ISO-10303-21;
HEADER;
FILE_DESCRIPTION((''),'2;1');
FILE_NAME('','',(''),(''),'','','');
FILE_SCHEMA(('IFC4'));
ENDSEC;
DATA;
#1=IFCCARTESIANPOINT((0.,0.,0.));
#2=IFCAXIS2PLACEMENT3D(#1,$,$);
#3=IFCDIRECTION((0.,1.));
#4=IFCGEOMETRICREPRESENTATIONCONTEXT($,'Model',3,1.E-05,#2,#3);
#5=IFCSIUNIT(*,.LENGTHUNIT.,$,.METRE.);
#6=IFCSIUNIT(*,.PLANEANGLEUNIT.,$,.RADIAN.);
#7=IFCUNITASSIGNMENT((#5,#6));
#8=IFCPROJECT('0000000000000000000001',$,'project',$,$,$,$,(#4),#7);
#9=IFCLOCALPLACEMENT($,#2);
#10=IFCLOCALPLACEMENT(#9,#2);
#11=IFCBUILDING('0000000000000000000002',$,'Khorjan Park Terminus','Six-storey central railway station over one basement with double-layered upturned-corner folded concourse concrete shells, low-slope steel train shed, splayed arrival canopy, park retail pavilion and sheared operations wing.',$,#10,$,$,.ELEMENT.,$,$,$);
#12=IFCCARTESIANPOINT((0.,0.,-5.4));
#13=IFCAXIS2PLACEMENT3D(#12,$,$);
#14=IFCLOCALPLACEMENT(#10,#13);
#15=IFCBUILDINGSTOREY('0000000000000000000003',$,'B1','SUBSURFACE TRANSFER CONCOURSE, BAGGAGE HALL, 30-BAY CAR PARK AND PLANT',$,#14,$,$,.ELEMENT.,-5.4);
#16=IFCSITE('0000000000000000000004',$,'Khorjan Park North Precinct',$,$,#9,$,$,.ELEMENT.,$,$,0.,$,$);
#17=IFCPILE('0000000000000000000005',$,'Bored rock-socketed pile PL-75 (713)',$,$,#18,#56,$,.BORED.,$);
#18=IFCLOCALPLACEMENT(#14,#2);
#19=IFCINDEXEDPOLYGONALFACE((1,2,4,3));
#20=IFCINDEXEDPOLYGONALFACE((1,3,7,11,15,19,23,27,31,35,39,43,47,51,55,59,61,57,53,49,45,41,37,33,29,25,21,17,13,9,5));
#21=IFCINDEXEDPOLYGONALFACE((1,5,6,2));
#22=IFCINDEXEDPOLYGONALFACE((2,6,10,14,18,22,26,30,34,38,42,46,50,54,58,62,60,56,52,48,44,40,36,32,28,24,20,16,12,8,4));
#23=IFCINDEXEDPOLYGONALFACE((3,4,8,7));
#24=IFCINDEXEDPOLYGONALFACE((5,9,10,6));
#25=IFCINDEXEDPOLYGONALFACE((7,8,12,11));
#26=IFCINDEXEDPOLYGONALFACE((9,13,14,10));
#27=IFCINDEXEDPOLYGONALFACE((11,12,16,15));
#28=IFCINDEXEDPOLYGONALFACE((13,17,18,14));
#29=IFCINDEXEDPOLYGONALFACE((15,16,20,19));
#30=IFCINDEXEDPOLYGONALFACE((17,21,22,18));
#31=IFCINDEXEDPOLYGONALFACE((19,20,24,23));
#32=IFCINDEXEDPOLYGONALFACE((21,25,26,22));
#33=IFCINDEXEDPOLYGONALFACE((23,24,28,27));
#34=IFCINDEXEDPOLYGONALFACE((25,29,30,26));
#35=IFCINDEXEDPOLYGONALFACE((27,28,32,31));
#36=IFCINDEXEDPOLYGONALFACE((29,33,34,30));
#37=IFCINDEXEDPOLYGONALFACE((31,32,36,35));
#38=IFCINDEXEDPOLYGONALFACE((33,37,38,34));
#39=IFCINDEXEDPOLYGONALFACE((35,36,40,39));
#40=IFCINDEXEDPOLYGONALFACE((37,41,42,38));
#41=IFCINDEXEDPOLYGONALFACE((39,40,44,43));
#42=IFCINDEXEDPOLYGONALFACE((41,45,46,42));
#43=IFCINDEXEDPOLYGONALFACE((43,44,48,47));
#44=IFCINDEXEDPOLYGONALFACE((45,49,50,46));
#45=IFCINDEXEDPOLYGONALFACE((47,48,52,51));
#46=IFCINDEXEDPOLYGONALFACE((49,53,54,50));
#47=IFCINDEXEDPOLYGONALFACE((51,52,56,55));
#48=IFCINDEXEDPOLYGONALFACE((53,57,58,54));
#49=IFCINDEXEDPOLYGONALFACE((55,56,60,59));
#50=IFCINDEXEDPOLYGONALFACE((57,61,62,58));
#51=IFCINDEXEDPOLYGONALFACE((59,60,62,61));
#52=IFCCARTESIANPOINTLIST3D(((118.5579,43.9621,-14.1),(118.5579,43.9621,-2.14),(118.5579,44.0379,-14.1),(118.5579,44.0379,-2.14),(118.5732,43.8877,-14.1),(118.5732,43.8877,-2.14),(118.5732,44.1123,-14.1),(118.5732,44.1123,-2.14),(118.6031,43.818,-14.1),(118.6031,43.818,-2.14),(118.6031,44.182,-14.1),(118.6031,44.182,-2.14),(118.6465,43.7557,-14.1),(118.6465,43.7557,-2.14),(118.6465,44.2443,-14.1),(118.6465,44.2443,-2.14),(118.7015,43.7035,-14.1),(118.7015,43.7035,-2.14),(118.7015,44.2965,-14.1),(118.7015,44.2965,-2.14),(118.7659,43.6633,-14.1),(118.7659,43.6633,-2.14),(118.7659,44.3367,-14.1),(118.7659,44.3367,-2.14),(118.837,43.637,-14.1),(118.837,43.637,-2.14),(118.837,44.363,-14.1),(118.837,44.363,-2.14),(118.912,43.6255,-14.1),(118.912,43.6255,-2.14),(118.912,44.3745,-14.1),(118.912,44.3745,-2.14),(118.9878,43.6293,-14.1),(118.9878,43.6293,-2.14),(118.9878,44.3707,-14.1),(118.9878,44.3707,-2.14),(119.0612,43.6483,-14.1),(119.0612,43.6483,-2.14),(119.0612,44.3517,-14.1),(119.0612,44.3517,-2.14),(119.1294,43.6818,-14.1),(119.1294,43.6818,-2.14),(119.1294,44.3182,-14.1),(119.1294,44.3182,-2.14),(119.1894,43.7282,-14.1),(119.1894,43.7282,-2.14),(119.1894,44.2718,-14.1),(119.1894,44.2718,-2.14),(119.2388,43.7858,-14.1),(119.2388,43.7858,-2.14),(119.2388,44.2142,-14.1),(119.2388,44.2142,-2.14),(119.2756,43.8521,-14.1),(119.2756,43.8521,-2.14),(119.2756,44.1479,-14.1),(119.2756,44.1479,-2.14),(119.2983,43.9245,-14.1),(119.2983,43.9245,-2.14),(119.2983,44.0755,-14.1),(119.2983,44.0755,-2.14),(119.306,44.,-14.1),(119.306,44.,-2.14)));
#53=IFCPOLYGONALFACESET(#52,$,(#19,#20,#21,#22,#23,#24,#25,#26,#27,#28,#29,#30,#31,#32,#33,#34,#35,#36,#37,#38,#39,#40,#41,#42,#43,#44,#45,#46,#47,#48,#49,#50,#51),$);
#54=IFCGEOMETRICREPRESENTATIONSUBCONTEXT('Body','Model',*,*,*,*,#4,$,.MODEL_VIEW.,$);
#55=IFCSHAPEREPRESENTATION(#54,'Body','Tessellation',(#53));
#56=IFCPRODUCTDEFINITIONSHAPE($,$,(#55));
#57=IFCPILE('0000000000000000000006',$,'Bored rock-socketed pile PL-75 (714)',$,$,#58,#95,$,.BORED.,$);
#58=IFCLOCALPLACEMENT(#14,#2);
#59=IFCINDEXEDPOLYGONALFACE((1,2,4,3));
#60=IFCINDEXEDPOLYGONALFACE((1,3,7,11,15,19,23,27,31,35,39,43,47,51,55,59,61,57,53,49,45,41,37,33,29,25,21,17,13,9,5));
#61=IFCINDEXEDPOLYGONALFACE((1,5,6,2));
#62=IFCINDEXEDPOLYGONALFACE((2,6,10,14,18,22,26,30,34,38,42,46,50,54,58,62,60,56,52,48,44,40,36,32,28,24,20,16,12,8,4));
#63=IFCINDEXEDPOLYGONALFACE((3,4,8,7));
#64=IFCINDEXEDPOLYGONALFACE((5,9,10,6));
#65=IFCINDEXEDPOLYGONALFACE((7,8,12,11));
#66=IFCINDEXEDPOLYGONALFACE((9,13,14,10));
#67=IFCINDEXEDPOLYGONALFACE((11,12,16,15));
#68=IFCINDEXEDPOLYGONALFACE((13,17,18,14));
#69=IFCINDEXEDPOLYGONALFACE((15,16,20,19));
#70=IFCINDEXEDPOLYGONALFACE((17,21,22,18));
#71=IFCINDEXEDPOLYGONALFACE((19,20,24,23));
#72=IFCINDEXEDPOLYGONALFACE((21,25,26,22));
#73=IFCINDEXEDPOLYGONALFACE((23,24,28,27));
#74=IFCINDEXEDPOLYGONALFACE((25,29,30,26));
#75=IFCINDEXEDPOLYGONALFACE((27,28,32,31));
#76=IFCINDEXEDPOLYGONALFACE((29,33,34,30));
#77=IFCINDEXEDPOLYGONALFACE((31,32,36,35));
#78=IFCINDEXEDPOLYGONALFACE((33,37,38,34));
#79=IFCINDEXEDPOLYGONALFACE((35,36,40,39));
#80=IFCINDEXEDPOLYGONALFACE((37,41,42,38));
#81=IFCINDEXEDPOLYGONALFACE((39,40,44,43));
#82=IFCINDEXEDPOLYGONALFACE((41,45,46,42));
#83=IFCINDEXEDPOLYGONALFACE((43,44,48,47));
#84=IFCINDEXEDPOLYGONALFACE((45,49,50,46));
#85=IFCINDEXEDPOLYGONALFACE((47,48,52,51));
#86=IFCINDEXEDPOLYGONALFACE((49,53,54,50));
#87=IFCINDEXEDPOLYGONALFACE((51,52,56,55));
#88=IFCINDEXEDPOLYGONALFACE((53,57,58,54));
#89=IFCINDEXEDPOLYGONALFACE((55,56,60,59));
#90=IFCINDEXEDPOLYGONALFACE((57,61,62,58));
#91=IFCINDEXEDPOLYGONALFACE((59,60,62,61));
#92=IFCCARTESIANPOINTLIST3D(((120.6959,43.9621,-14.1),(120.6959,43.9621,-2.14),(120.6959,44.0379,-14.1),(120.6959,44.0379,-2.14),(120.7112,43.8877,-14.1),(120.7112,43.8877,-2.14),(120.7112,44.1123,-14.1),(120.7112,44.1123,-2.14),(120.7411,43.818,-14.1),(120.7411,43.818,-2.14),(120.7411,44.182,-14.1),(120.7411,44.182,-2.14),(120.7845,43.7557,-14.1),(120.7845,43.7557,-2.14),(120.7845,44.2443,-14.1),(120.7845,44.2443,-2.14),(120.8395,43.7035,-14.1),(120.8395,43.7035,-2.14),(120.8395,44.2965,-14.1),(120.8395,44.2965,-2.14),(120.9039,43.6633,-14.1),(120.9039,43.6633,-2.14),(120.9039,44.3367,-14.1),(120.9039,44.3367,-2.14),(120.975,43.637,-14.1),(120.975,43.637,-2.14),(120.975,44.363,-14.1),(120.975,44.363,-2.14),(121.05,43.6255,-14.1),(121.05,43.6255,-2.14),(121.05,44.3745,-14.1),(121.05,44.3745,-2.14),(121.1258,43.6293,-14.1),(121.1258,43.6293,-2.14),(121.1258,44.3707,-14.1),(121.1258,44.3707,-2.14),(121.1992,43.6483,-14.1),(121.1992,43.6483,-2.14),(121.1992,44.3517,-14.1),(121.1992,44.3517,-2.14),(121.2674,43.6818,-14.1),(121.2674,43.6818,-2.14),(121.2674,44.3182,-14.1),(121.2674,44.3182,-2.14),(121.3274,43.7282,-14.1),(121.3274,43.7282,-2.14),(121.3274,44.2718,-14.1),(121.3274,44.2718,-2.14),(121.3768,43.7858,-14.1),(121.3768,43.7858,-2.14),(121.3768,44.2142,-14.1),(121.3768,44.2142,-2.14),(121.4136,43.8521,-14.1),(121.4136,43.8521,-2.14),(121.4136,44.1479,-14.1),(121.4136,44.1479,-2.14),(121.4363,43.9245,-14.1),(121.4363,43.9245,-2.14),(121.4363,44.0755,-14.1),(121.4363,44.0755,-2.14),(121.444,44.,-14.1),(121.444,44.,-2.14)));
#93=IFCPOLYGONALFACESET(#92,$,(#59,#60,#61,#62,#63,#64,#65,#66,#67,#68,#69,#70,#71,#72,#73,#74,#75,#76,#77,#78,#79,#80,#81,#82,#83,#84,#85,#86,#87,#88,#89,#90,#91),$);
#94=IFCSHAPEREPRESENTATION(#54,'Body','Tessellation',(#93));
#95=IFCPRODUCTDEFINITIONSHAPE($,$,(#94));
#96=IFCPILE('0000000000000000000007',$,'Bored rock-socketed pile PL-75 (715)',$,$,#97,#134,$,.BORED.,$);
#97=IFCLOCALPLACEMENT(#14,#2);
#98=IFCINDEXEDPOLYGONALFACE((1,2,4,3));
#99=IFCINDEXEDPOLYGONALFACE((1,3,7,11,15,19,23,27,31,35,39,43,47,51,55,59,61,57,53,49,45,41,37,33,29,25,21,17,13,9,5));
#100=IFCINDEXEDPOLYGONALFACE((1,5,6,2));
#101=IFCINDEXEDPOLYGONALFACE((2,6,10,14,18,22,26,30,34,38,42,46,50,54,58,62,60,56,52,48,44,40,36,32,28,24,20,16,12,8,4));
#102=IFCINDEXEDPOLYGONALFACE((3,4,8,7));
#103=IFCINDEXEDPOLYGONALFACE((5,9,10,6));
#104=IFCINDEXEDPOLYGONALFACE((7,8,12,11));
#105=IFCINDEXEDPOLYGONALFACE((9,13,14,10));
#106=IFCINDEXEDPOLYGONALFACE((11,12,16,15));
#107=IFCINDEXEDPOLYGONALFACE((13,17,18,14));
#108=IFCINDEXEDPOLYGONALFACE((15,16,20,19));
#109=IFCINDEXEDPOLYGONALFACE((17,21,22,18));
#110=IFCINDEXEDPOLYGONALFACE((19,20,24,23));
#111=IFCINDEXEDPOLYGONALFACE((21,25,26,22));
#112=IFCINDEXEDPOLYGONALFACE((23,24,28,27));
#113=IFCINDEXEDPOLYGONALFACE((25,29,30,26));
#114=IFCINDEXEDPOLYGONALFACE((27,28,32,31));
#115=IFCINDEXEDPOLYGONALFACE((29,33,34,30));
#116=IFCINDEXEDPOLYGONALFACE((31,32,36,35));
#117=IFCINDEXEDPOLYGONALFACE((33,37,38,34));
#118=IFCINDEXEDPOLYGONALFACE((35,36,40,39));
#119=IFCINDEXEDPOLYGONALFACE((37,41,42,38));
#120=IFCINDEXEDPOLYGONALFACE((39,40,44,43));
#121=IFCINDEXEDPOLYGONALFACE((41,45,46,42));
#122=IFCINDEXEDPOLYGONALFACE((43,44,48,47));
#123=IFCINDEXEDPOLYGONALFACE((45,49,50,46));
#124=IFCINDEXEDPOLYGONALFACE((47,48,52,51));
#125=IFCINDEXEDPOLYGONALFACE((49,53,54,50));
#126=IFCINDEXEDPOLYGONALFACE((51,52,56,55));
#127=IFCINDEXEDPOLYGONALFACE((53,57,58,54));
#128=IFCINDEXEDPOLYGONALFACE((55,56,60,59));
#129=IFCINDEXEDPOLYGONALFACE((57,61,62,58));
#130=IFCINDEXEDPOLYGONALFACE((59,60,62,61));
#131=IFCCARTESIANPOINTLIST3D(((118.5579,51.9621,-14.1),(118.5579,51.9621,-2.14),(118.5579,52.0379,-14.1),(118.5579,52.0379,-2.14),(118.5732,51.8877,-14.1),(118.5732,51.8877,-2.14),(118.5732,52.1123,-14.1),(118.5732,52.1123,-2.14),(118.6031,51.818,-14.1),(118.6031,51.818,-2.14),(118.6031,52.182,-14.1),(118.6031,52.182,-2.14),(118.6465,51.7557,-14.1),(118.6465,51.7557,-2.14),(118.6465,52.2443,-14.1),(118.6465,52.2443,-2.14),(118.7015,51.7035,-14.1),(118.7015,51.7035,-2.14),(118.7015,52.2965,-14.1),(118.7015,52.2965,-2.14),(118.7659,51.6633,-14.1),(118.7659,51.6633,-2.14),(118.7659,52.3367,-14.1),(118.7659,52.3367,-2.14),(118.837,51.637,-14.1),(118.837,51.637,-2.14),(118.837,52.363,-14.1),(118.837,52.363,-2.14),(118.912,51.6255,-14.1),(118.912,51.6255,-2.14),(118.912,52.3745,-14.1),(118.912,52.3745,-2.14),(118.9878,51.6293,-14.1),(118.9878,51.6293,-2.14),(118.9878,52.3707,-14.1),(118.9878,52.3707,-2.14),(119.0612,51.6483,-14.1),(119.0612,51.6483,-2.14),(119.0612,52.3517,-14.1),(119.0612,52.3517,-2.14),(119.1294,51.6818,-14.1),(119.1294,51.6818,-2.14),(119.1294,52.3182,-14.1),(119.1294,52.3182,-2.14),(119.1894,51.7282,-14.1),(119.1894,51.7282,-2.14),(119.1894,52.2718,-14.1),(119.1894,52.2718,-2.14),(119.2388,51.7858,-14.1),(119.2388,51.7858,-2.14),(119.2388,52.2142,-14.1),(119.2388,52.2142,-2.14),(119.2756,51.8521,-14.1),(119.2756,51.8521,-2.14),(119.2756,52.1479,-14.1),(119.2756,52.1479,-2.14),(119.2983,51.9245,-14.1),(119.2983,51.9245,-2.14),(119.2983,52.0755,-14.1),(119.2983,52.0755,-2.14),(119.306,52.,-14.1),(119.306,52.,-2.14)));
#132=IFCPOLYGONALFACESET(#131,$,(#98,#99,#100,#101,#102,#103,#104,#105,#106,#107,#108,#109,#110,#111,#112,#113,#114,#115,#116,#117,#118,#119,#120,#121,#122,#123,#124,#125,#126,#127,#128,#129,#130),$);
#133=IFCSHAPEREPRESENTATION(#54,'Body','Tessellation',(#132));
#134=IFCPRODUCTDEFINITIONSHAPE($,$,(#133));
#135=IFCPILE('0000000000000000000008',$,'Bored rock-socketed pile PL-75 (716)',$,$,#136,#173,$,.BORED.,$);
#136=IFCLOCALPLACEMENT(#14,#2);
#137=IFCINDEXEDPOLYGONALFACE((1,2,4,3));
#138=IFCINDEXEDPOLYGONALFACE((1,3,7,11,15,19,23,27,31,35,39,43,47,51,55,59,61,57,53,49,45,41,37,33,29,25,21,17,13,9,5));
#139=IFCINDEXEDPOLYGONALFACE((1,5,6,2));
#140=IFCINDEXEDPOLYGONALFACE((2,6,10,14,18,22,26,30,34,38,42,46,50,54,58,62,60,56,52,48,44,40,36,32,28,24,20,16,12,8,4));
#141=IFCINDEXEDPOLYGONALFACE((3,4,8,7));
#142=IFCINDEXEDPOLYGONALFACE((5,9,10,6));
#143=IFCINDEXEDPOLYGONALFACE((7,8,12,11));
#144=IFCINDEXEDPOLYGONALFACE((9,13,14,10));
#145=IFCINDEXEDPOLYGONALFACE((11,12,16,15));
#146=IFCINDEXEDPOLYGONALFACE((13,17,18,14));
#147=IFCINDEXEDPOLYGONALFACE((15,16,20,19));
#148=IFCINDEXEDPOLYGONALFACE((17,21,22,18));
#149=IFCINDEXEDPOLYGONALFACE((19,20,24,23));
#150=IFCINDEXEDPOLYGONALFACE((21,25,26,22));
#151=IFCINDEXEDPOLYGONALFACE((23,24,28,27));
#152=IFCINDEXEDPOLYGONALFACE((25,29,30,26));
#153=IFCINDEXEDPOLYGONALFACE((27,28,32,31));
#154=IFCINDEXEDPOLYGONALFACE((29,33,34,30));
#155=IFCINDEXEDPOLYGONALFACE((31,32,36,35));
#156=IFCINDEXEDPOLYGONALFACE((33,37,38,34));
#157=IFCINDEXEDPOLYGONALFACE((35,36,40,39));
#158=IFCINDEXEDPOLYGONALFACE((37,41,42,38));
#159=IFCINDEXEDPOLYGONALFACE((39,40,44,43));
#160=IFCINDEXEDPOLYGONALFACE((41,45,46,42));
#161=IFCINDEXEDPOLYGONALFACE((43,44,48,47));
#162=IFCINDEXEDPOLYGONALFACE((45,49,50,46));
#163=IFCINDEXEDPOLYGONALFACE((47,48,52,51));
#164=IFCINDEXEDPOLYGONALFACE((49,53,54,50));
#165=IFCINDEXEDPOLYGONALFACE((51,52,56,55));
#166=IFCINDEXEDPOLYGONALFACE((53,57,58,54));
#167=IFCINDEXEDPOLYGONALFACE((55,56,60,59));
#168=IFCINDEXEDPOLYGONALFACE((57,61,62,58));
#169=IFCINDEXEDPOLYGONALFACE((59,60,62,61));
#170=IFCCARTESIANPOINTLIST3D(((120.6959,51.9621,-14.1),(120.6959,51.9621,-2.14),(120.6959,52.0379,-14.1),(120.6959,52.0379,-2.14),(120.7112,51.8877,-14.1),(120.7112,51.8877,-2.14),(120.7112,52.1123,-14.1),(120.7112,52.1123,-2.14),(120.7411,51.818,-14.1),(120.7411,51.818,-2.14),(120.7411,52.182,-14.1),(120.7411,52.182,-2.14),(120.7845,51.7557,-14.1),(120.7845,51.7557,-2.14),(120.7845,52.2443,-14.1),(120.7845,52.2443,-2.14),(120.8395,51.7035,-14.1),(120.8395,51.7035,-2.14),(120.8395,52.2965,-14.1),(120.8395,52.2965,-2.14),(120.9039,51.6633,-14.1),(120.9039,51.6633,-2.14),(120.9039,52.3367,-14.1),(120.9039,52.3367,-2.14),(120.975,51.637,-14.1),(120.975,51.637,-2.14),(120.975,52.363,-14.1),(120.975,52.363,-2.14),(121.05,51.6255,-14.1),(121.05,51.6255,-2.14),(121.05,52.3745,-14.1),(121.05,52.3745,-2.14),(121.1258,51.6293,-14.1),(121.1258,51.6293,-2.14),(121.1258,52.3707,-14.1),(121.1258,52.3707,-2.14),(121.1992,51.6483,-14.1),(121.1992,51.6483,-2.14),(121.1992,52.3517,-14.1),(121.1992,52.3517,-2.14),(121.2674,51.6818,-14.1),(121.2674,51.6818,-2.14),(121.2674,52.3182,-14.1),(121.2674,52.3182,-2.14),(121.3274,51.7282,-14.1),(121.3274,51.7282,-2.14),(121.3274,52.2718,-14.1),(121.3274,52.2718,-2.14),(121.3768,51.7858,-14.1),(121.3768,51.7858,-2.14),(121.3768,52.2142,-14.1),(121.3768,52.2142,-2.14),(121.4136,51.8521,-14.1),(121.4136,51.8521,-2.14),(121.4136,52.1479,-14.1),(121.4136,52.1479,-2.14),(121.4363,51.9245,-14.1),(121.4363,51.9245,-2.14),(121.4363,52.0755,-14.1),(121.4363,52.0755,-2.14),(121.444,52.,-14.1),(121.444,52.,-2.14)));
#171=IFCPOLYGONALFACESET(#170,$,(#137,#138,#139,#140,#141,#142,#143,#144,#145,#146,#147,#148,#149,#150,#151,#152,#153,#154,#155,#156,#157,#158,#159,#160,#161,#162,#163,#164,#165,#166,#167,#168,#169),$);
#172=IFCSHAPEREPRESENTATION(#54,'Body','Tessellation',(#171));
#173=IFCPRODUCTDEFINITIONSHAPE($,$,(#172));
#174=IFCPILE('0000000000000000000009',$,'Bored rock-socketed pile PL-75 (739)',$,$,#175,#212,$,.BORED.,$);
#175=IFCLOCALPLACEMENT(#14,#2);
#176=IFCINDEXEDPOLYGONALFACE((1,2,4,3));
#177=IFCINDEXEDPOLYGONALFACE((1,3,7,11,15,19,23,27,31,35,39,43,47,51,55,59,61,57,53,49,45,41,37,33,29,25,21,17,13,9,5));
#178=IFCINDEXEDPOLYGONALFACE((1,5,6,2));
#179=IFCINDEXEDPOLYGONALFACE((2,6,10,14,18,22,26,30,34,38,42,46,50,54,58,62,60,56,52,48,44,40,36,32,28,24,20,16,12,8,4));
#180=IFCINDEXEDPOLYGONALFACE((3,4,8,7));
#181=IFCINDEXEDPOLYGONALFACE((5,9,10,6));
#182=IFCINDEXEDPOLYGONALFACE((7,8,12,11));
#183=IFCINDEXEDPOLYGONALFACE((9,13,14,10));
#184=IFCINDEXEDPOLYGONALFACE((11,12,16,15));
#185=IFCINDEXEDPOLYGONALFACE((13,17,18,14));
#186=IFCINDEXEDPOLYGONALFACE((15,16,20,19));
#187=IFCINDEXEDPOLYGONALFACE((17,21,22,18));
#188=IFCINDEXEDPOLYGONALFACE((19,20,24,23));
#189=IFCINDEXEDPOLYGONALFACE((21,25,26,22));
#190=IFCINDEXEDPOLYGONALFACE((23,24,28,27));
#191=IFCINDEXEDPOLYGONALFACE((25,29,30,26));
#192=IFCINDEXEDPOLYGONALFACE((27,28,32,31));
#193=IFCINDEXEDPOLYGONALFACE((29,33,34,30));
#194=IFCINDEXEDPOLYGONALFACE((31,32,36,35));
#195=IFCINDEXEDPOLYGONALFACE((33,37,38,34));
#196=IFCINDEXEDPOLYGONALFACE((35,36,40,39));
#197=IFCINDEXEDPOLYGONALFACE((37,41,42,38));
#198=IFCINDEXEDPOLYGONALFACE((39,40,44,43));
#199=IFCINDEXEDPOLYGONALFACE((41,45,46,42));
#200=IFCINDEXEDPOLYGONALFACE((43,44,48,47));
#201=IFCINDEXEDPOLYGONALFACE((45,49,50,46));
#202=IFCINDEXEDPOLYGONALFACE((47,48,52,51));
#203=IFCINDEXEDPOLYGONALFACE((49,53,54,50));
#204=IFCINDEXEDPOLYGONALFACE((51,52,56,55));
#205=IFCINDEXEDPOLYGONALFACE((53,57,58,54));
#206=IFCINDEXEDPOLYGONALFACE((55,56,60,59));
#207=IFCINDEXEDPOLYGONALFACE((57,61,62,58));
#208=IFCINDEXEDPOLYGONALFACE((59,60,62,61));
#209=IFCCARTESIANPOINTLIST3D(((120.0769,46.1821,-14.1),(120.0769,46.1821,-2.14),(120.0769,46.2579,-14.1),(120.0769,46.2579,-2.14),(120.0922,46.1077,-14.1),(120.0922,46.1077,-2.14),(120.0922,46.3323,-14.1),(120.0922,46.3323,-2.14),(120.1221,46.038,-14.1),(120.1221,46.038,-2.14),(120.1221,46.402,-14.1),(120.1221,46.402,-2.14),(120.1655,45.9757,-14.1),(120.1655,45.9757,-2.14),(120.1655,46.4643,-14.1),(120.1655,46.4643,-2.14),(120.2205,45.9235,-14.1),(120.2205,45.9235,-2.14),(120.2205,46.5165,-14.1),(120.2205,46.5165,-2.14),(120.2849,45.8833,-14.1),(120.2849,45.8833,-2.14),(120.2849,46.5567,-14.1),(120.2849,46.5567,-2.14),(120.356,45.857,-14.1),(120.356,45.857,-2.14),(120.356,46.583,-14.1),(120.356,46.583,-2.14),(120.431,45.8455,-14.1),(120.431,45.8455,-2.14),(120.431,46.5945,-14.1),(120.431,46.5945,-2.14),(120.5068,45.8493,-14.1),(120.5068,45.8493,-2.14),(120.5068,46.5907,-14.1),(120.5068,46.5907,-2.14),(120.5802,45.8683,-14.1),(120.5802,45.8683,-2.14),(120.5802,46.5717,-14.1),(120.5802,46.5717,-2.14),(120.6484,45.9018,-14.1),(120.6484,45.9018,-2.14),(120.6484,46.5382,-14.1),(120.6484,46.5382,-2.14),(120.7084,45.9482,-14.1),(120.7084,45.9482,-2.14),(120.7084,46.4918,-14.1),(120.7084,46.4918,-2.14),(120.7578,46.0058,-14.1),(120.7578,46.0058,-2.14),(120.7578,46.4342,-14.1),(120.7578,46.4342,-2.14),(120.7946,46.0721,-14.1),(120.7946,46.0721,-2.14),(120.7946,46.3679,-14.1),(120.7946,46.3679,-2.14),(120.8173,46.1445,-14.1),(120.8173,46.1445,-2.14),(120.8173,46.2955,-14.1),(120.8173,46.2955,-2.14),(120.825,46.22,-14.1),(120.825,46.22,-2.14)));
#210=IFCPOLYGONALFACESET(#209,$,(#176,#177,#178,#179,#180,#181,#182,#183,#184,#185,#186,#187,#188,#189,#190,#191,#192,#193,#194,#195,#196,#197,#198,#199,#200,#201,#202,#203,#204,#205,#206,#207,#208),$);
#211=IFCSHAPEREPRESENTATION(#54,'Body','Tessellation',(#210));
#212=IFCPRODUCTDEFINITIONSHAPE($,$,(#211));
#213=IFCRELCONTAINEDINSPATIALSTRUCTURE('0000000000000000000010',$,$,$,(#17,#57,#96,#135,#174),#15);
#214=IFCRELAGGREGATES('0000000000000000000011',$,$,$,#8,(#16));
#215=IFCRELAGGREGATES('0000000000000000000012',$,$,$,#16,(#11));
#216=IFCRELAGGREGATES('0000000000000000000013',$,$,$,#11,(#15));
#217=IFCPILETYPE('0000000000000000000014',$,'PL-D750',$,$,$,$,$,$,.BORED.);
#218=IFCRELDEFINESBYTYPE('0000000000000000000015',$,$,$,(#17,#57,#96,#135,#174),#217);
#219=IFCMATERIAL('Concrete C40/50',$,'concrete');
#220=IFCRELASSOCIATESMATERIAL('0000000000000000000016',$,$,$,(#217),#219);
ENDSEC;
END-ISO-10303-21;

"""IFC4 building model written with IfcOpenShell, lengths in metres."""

from ifc_helpers import new_model, si_unit, direction, frame, origin, origin_2d, place, context, subcontext, project, spatial, circle, extrude, material, material_profile, profile_set, type_object, element, save


model = new_model("IFC4")

# Units and contexts
model_context = context("Model", 3, precision=1e-05, world=origin(), true_north=direction((0.0, 1.0)))
body_context = subcontext(model_context, "Body", "Model", "MODEL_VIEW")
ifc_project = project(units=[si_unit("LENGTHUNIT", "METRE"), si_unit("PLANEANGLEUNIT", "RADIAN")], contexts=[model_context])

# Site, building, storey
site_placement = place(None, origin())
site = spatial("IfcSite", under=ifc_project, at=site_placement, Name="Khorjan Park North Precinct", CompositionType="ELEMENT", RefElevation=0.0)
building_placement = place(site_placement, origin())
building = spatial("IfcBuilding", under=site, at=building_placement, Name="Khorjan Park Terminus", Description="Six-storey central railway station over one basement with double-layered upturned-corner folded concourse concrete shells, low-slope steel train shed, splayed arrival canopy, park retail pavilion and sheared operations wing.", CompositionType="ELEMENT")
storey_placement = place(building_placement, frame((0.0, 0.0, -5.4)))
storey = spatial("IfcBuildingStorey", under=building, at=storey_placement, Name="B1", Description="SUBSURFACE TRANSFER CONCOURSE, BAGGAGE HALL, 30-BAY CAR PARK AND PLANT", CompositionType="ELEMENT", Elevation=-5.4)

# Piles
ifc_material_1 = material(Name="Concrete C40/50", Category="concrete")
ifc_material_profile_1 = material_profile(ifc_material_1, circle(Radius=0.375, at=origin_2d()), Name="BORED D750")
ifc_profile_set_1 = profile_set([ifc_material_profile_1], Name="Concrete C40/50")
pile_type_1 = type_object("IfcPileType", Name="PL-D750", PredefinedType="BORED", material=ifc_profile_set_1)
for number, where, z_axis, x_axis, name in (
    (1, (118.931, 44.0, -2.14), (0.0, 0.0, -1.0), (1.0, 0.0, 0.0), "Bored rock-socketed pile PL-75 (713)"),
    (2, (121.069, 44.0, -2.14), (0.0, 0.0, -1.0), (1.0, 0.0, 0.0), "Bored rock-socketed pile PL-75 (714)"),
    (3, (118.931, 52.0, -2.14), (0.0, 0.0, -1.0), (1.0, 0.0, 0.0), "Bored rock-socketed pile PL-75 (715)"),
    (4, (121.069, 52.0, -2.14), (0.0, 0.0, -1.0), (1.0, 0.0, 0.0), "Bored rock-socketed pile PL-75 (716)"),
    (5, (120.45, 46.22, -2.14), (0.0, 0.0, -1.0), (1.0, 0.0, 0.0), "Bored rock-socketed pile PL-75 (739)"),
):
    element("IfcPile", number, at=place(storey_placement, frame(where, z_axis=z_axis, x_axis=x_axis)), inside=storey, type_object=pile_type_1, Name=name, PredefinedType="BORED", context=body_context, shape_type="SweptSolid", body=[
        extrude(circle(Radius=0.375, at=origin_2d()), origin(), (0.0, 0.0, 1.0), 11.96),
    ])

save(model, "model.ifc")
